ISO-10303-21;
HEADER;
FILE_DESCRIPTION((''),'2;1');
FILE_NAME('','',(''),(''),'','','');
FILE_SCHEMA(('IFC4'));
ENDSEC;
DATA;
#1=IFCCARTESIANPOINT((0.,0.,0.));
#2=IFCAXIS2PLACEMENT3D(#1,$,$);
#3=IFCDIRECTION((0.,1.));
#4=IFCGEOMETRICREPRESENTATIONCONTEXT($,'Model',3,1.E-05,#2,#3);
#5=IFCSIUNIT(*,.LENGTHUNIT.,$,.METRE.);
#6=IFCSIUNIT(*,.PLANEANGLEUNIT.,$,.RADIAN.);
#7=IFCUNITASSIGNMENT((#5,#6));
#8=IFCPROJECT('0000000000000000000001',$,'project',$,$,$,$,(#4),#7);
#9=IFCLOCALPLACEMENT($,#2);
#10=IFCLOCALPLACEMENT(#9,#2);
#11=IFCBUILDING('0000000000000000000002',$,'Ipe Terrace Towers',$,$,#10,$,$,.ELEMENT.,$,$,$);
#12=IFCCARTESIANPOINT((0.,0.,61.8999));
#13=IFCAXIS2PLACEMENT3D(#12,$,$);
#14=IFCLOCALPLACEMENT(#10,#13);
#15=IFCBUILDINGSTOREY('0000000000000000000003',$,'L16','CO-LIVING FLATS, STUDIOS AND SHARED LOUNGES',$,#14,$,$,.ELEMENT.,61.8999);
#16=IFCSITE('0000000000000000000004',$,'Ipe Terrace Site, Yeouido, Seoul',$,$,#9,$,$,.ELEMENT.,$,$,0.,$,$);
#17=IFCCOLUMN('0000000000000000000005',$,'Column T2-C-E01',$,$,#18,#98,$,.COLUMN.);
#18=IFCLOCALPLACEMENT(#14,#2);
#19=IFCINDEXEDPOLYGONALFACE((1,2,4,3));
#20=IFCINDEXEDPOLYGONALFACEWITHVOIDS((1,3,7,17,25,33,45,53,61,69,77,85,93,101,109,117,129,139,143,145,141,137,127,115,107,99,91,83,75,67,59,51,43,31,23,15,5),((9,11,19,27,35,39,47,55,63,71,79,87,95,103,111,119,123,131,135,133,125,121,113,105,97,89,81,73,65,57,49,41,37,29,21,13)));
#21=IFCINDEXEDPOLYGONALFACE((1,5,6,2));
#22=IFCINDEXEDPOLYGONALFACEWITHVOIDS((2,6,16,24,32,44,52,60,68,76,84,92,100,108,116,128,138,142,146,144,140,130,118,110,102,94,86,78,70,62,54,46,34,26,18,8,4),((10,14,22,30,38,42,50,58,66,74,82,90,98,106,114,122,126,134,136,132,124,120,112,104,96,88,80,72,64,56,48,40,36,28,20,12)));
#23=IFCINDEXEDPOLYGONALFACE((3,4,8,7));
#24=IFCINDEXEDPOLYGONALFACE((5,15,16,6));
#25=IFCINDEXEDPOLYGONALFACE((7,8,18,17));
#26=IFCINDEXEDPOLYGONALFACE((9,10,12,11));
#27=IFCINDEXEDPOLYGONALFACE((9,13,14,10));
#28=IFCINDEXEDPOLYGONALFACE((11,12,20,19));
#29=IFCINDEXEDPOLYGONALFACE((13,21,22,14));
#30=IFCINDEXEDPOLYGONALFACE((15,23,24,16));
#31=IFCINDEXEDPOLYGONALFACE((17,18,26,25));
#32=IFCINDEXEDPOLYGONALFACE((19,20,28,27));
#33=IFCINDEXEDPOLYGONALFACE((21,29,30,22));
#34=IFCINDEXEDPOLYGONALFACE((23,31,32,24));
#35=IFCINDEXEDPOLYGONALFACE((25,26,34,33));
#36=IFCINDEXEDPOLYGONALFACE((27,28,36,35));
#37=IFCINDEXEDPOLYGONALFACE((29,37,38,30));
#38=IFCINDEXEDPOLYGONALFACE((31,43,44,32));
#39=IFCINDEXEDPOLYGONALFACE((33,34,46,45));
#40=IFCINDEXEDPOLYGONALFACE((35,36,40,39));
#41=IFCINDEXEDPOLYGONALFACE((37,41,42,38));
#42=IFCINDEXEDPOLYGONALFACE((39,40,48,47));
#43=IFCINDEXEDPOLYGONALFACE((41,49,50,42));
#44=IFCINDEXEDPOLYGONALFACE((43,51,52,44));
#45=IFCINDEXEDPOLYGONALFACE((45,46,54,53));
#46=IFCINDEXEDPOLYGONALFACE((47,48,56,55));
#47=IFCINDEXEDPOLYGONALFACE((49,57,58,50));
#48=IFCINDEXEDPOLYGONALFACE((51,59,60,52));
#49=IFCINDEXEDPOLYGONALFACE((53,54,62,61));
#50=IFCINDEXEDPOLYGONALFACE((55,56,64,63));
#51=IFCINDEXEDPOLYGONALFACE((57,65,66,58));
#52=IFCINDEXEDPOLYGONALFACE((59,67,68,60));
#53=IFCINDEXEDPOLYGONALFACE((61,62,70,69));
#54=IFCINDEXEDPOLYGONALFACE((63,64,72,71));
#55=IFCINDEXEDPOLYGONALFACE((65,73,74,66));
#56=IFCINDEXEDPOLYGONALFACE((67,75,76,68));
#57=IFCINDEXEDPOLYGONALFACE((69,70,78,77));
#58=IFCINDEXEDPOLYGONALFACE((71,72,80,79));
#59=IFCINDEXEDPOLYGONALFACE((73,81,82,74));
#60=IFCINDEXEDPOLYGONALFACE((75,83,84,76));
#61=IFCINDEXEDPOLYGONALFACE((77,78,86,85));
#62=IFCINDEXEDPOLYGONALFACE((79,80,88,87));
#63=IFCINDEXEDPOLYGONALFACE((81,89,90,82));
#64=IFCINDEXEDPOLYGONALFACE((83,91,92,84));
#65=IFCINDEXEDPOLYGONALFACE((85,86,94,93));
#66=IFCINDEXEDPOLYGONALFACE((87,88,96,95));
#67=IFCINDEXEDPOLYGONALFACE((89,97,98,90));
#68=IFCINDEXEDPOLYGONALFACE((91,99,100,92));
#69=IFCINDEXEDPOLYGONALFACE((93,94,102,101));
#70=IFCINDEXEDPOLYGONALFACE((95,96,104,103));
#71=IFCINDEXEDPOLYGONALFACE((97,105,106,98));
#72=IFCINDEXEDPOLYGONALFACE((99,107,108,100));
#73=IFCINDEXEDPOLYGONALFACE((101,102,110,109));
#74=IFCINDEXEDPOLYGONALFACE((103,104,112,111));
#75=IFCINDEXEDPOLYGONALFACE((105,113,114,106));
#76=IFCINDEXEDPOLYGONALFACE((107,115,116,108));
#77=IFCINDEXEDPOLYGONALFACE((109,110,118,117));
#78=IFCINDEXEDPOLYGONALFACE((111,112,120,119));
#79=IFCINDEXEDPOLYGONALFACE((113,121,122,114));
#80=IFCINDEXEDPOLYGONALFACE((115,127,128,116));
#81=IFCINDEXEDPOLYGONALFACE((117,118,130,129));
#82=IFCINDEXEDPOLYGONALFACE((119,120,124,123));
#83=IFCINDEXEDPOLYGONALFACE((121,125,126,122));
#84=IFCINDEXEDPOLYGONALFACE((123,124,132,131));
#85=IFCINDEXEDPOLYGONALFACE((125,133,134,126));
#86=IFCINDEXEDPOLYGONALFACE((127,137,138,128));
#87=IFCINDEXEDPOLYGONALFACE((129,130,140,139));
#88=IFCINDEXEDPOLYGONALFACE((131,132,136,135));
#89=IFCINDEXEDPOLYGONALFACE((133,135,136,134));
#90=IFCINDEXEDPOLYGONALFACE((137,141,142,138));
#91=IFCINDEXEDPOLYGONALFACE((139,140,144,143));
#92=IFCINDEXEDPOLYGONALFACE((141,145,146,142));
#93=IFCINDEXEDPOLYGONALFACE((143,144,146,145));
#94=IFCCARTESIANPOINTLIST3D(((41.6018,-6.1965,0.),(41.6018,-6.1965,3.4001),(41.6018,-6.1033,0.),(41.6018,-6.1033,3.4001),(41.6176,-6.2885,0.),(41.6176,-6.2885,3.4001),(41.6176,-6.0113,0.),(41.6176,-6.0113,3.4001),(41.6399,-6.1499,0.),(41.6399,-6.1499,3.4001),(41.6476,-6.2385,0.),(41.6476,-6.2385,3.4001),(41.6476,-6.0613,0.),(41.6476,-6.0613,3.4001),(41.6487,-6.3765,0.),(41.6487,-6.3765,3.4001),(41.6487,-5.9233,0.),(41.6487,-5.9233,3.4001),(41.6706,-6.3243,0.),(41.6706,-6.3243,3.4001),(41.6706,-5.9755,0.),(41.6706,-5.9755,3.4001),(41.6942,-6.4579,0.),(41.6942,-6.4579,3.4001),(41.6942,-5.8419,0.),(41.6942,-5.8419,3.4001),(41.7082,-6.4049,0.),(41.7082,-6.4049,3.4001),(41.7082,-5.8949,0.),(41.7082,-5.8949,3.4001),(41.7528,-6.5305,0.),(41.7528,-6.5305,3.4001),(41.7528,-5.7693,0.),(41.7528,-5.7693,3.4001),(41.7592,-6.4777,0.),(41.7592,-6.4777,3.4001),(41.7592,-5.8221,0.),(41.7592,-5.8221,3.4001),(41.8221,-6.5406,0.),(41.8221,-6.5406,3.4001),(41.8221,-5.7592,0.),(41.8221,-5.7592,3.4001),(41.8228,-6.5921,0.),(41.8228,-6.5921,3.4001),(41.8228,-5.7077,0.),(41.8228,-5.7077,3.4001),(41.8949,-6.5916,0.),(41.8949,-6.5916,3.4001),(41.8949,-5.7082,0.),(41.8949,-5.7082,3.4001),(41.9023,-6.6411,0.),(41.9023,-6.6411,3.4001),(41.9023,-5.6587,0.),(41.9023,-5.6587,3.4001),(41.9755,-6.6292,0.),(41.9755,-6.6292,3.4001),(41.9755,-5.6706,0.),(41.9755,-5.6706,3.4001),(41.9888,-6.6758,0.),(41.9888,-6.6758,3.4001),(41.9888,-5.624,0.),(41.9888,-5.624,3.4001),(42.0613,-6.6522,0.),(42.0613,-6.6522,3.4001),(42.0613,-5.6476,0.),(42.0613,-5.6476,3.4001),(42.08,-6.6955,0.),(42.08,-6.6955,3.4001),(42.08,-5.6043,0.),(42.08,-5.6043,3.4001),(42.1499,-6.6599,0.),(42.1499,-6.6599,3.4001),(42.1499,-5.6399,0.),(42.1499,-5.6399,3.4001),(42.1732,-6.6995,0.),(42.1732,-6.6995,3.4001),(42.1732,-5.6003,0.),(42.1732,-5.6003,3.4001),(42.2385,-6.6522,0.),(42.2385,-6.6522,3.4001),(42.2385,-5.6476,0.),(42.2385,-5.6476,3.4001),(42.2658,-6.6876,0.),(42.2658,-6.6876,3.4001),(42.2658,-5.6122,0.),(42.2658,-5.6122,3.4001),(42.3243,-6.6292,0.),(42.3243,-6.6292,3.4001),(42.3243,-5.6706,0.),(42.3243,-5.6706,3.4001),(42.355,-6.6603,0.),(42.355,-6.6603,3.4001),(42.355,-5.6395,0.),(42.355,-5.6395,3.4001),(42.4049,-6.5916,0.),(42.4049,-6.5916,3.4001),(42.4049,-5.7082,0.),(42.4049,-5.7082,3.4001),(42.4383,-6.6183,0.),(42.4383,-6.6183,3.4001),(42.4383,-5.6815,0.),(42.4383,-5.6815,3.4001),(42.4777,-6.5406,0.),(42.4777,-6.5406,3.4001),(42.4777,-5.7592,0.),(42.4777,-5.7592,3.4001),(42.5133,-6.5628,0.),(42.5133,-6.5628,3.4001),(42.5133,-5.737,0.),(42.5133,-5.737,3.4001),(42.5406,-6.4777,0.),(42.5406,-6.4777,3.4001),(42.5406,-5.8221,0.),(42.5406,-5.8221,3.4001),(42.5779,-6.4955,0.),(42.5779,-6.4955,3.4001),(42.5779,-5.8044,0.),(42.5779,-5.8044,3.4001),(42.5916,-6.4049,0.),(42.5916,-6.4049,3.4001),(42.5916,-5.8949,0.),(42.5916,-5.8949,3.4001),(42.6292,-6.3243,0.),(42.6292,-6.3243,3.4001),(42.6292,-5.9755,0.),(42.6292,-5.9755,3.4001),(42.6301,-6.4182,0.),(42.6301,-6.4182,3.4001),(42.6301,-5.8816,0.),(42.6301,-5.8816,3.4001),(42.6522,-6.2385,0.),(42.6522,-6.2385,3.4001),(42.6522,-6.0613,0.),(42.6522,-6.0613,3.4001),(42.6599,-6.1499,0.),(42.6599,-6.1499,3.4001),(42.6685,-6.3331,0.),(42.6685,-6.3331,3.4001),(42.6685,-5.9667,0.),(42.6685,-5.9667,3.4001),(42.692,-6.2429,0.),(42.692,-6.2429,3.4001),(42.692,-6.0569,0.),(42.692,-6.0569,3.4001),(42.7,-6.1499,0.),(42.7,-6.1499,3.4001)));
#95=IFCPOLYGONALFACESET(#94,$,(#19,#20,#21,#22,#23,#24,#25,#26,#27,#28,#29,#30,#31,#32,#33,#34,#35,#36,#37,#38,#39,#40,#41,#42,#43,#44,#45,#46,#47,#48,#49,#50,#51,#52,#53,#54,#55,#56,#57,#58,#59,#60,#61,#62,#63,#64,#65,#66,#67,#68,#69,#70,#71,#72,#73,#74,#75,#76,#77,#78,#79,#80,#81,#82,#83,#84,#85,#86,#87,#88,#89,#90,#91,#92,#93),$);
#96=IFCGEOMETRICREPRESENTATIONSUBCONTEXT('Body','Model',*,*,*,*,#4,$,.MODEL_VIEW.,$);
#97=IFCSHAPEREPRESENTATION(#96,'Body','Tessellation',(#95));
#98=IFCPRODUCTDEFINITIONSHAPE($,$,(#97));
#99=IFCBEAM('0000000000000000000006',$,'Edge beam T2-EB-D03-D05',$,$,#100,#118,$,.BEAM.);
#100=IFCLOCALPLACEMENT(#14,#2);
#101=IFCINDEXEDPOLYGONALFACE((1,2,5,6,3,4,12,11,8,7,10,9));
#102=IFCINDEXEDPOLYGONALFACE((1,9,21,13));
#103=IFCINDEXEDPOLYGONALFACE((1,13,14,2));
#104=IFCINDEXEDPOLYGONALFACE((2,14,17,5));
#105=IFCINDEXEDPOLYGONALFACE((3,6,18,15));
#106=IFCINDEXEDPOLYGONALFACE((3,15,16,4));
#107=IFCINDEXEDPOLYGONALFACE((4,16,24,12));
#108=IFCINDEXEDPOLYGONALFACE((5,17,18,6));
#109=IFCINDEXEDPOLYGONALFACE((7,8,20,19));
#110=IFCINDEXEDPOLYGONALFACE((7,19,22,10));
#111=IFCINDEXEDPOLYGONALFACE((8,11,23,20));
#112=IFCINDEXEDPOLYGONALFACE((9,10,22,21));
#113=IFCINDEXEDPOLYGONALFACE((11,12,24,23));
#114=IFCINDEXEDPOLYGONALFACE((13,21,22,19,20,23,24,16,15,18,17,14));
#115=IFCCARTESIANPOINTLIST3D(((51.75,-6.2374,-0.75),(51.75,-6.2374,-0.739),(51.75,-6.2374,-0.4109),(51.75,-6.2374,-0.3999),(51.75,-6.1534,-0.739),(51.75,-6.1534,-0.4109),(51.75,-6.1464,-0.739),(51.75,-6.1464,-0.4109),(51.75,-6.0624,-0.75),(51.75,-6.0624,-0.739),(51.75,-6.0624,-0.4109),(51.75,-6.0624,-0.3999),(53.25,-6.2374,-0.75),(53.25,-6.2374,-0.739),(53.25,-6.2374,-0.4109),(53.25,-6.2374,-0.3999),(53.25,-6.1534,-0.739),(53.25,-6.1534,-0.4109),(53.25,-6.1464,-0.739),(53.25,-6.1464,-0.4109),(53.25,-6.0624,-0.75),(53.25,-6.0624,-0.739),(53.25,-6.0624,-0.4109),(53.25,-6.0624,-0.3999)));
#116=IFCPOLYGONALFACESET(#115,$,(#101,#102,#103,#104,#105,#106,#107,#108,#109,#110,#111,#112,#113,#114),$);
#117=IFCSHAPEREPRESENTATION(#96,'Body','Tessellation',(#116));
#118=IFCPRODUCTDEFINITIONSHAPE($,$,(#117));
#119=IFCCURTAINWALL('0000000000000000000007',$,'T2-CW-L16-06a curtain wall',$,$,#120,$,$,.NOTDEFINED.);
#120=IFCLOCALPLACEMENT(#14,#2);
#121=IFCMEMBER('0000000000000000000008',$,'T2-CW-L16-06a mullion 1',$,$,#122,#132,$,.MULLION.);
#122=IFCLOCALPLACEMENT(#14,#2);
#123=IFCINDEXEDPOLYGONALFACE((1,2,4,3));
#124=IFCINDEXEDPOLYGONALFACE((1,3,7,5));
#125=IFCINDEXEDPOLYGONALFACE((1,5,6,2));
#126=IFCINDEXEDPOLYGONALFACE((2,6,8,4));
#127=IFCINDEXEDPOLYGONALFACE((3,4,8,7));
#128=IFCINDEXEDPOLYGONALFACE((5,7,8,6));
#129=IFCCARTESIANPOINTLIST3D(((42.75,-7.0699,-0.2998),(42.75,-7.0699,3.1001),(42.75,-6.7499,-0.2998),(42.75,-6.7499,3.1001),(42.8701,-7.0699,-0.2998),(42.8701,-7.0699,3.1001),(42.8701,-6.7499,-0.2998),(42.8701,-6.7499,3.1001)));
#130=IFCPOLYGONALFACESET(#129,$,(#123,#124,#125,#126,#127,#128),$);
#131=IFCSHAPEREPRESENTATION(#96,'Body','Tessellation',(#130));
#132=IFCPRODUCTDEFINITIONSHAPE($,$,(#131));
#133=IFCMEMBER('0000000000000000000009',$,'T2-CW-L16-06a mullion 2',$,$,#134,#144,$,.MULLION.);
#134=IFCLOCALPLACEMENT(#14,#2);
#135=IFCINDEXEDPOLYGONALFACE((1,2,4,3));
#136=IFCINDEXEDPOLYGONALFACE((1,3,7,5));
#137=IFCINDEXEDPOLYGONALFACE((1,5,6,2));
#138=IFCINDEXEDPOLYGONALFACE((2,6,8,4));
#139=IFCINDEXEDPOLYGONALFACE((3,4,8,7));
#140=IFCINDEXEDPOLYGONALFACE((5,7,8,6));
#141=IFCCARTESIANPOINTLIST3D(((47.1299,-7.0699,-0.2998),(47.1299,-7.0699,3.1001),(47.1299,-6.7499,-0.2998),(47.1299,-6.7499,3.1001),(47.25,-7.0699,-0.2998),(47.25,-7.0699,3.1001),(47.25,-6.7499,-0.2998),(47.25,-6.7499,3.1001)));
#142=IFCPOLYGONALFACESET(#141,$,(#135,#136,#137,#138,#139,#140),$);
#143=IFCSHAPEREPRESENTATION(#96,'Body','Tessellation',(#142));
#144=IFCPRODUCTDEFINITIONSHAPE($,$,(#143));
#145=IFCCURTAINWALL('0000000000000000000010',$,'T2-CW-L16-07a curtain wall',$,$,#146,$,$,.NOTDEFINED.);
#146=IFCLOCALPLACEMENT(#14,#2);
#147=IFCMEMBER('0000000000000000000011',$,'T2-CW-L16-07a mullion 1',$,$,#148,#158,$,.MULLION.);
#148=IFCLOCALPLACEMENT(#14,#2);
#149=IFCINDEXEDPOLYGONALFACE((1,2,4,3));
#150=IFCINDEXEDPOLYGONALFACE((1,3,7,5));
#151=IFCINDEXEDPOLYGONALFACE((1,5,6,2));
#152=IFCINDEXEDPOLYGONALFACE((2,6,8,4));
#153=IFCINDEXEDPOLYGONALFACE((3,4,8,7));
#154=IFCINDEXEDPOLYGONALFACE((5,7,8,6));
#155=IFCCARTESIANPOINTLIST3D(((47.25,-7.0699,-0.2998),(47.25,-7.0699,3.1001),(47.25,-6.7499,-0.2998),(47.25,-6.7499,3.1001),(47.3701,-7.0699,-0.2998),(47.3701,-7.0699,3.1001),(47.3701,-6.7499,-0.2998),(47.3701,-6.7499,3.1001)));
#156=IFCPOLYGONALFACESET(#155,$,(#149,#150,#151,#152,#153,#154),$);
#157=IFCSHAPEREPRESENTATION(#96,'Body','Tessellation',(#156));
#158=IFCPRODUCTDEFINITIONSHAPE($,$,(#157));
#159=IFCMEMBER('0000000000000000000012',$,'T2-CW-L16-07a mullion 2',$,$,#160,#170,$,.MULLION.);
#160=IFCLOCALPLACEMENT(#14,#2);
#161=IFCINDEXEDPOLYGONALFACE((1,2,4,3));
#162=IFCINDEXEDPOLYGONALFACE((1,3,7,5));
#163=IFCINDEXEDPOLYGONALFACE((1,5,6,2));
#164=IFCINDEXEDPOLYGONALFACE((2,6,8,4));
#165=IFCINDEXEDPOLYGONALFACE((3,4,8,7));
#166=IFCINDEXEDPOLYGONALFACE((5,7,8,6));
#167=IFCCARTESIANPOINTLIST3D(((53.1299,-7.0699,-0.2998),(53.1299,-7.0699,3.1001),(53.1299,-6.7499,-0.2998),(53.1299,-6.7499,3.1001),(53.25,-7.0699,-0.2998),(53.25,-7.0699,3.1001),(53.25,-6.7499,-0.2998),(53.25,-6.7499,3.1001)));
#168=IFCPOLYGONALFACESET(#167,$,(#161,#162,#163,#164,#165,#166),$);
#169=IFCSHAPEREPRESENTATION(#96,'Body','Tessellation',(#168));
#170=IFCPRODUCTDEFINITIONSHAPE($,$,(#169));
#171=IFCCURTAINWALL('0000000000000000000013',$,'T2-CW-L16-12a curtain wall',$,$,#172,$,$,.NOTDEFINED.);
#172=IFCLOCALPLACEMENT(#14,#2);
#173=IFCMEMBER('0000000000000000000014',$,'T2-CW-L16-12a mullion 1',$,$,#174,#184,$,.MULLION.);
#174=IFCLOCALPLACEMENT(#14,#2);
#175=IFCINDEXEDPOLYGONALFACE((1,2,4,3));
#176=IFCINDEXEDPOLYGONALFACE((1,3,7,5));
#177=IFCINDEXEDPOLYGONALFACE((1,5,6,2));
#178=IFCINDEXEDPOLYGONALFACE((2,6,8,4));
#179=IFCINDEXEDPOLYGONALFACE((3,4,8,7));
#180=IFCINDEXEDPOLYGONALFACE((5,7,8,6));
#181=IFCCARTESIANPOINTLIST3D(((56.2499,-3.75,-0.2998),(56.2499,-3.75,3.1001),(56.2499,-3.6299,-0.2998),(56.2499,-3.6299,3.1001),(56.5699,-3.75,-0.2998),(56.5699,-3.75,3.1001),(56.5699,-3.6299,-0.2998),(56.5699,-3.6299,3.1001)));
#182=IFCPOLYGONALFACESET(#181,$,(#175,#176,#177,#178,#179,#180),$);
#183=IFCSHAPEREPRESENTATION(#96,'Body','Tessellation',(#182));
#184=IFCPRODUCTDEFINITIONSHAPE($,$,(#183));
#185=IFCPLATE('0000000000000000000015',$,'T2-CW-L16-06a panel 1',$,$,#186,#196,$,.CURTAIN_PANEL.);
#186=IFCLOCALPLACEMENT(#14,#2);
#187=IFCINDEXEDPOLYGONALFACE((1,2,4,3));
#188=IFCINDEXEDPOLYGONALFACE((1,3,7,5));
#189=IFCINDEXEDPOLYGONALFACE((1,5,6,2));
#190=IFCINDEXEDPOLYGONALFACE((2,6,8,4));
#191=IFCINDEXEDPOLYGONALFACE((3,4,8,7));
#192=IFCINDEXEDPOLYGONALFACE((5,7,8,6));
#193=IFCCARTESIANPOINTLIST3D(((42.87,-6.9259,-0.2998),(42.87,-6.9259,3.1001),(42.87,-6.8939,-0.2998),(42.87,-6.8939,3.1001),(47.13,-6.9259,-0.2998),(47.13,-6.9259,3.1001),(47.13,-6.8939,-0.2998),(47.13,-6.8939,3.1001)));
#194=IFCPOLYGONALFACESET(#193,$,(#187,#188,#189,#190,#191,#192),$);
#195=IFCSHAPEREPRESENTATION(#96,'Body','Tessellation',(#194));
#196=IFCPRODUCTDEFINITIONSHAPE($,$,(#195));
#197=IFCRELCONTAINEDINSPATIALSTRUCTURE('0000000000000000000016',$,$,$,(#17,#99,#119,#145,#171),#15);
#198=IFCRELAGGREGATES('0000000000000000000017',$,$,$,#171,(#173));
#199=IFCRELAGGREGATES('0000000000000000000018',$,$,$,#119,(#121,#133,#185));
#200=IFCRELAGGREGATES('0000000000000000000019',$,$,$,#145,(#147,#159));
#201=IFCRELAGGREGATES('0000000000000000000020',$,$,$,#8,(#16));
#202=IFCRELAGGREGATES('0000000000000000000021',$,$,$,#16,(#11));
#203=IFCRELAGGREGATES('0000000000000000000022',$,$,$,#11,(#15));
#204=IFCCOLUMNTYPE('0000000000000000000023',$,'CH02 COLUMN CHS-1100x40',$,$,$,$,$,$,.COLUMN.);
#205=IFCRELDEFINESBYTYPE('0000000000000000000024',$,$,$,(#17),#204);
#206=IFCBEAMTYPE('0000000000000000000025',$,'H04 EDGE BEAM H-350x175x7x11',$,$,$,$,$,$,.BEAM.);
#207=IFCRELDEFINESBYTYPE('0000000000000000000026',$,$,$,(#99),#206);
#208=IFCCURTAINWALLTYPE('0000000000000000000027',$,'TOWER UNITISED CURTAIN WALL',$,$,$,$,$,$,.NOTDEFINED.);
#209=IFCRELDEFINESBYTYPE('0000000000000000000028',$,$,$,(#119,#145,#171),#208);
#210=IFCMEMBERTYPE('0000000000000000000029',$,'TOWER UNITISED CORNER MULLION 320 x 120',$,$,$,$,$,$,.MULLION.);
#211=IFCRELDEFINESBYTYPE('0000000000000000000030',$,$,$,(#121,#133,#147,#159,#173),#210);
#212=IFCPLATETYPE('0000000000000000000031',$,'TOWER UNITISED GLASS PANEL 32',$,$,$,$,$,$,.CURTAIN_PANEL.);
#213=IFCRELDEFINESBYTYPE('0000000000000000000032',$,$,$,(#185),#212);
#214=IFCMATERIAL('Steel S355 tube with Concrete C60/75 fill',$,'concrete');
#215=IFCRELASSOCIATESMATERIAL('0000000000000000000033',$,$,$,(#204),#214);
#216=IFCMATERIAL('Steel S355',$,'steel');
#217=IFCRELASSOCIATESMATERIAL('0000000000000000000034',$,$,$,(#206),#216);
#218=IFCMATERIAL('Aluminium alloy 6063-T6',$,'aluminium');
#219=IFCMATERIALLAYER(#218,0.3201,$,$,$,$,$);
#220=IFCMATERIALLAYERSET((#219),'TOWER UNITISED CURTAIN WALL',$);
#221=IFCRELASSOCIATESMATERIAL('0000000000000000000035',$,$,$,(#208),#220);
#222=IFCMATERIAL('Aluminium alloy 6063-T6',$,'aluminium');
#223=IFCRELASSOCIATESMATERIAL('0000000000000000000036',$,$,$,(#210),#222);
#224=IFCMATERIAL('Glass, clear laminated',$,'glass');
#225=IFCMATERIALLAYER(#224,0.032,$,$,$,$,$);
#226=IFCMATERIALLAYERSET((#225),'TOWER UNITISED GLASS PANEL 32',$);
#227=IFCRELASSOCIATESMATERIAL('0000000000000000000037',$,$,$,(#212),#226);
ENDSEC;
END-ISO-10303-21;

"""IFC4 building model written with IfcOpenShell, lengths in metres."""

from ifc_helpers import new_model, si_unit, direction, frame, origin, origin_2d, place, context, subcontext, project, spatial, rectangle, hollow_circle, i_section, extrude, material, layer, layer_set, material_profile, profile_set, type_object, element, aggregate, save


model = new_model("IFC4")

# Units and contexts
model_context = context("Model", 3, precision=1e-05, world=origin(), true_north=direction((0.0, 1.0)))
body_context = subcontext(model_context, "Body", "Model", "MODEL_VIEW")
ifc_project = project(units=[si_unit("LENGTHUNIT", "METRE"), si_unit("PLANEANGLEUNIT", "RADIAN")], contexts=[model_context])

# Site, building, storey
site_placement = place(None, origin())
site = spatial("IfcSite", under=ifc_project, at=site_placement, Name="Ipe Terrace Site, Yeouido, Seoul", CompositionType="ELEMENT", RefElevation=0.0)
building_placement = place(site_placement, origin())
building = spatial("IfcBuilding", under=site, at=building_placement, Name="Ipe Terrace Towers", CompositionType="ELEMENT")
storey_placement = place(building_placement, frame((0.0, 0.0, 61.8999)))
storey = spatial("IfcBuildingStorey", under=building, at=storey_placement, Name="L16", Description="CO-LIVING FLATS, STUDIOS AND SHARED LOUNGES", CompositionType="ELEMENT", Elevation=61.8999)

# Column
ifc_material_1 = material(Name="Steel S355 tube with Concrete C60/75 fill", Category="concrete")
ifc_material_profile_1 = material_profile(ifc_material_1, hollow_circle(Radius=0.55, WallThickness=0.04, at=origin_2d()), Name="CHS-1100x40")
ifc_profile_set_1 = profile_set([ifc_material_profile_1], Name="Steel S355 tube with Concrete C60/75 fill")
column_type_1 = type_object("IfcColumnType", Name="CH02 COLUMN CHS-1100x40", PredefinedType="COLUMN", material=ifc_profile_set_1)
column_placement = place(storey_placement, frame((42.1499, -6.1499, 0.0), z_axis=(0.0, 0.0, 1.0), x_axis=(1.0, 0.0, 0.0)))
element("IfcColumn", 1, at=column_placement, inside=storey, type_object=column_type_1, Name="Column T2-C-E01", PredefinedType="COLUMN", context=body_context, shape_type="SweptSolid", body=[
    extrude(hollow_circle(Radius=0.55, WallThickness=0.04, at=origin_2d()), origin(), (0.0, 0.0, 1.0), 3.4001),
])

# Beam
ifc_material_2 = material(Name="Steel S355", Category="steel")
ifc_material_profile_2 = material_profile(ifc_material_2, i_section(OverallWidth=0.175, OverallDepth=0.3501, WebThickness=0.0071, FlangeThickness=0.011, at=origin_2d()), Name="H-350x175x7x11")
ifc_profile_set_2 = profile_set([ifc_material_profile_2], Name="Steel S355")
beam_type = type_object("IfcBeamType", Name="H04 EDGE BEAM H-350x175x7x11", PredefinedType="BEAM", material=ifc_profile_set_2)
beam_placement = place(storey_placement, frame((51.75, -6.1499, -0.575), z_axis=(1.0, 0.0, 0.0), x_axis=(0.0, 1.0, 0.0)))
element("IfcBeam", 2, at=beam_placement, inside=storey, type_object=beam_type, Name="Edge beam T2-EB-D03-D05", PredefinedType="BEAM", context=body_context, shape_type="SweptSolid", body=[
    extrude(i_section(OverallWidth=0.175, OverallDepth=0.3501, WebThickness=0.0071, FlangeThickness=0.011, at=origin_2d()), origin(), (0.0, 0.0, 1.0), 1.5),
])

# Curtain walls, members
ifc_material_3 = material(Name="Aluminium alloy 6063-T6", Category="aluminium")
ifc_layer_1 = layer(ifc_material_3, 0.3201)
ifc_layer_set_1 = layer_set([ifc_layer_1], Name="TOWER UNITISED CURTAIN WALL")
curtain_wall_type = type_object("IfcCurtainWallType", Name="TOWER UNITISED CURTAIN WALL", PredefinedType="NOTDEFINED", material=ifc_layer_set_1)
curtain_wall_1_placement = place(storey_placement, origin())
curtain_wall_1 = element("IfcCurtainWall", 3, at=curtain_wall_1_placement, inside=storey, type_object=curtain_wall_type, Name="T2-CW-L16-06a curtain wall", PredefinedType="NOTDEFINED")
ifc_material_4 = material(Name="Aluminium alloy 6063-T6", Category="aluminium")
ifc_material_profile_3 = material_profile(ifc_material_4, rectangle(XDim=0.3201, YDim=0.1201, at=origin_2d()), Name="TOWER UNITISED CORNER MULLION 320 x 120")
ifc_profile_set_3 = profile_set([ifc_material_profile_3], Name="Aluminium alloy 6063-T6")
member_type = type_object("IfcMemberType", Name="TOWER UNITISED CORNER MULLION 320 x 120", PredefinedType="MULLION", material=ifc_profile_set_3)
member_1_placement = place(storey_placement, frame((42.8101, -6.9099, -0.2998), z_axis=(0.0, 0.0, 1.0), x_axis=(0.0, -1.0, 0.0)))
member_1 = element("IfcMember", 4, at=member_1_placement, type_object=member_type, Name="T2-CW-L16-06a mullion 1", PredefinedType="MULLION", context=body_context, shape_type="SweptSolid", body=[
    extrude(rectangle(XDim=0.3201, YDim=0.1201, at=origin_2d()), origin(), (0.0, 0.0, 1.0), 3.3999),
])
member_2_placement = place(storey_placement, frame((47.1899, -6.9099, -0.2998), z_axis=(0.0, 0.0, 1.0), x_axis=(0.0, -1.0, 0.0)))
member_2 = element("IfcMember", 5, at=member_2_placement, type_object=member_type, Name="T2-CW-L16-06a mullion 2", PredefinedType="MULLION", context=body_context, shape_type="SweptSolid", body=[
    extrude(rectangle(XDim=0.3201, YDim=0.1201, at=origin_2d()), origin(), (0.0, 0.0, 1.0), 3.3999),
])
curtain_wall_2_placement = place(storey_placement, origin())
curtain_wall_2 = element("IfcCurtainWall", 6, at=curtain_wall_2_placement, inside=storey, type_object=curtain_wall_type, Name="T2-CW-L16-07a curtain wall", PredefinedType="NOTDEFINED")
member_3_placement = place(storey_placement, frame((47.3101, -6.9099, -0.2998), z_axis=(0.0, 0.0, 1.0), x_axis=(0.0, -1.0, 0.0)))
member_3 = element("IfcMember", 7, at=member_3_placement, type_object=member_type, Name="T2-CW-L16-07a mullion 1", PredefinedType="MULLION", context=body_context, shape_type="SweptSolid", body=[
    extrude(rectangle(XDim=0.3201, YDim=0.1201, at=origin_2d()), origin(), (0.0, 0.0, 1.0), 3.3999),
])
member_4_placement = place(storey_placement, frame((53.1899, -6.9099, -0.2998), z_axis=(0.0, 0.0, 1.0), x_axis=(0.0, -1.0, 0.0)))
member_4 = element("IfcMember", 8, at=member_4_placement, type_object=member_type, Name="T2-CW-L16-07a mullion 2", PredefinedType="MULLION", context=body_context, shape_type="SweptSolid", body=[
    extrude(rectangle(XDim=0.3201, YDim=0.1201, at=origin_2d()), origin(), (0.0, 0.0, 1.0), 3.3999),
])

# Curtain wall, member
curtain_wall_3_placement = place(storey_placement, origin())
curtain_wall_3 = element("IfcCurtainWall", 9, at=curtain_wall_3_placement, inside=storey, type_object=curtain_wall_type, Name="T2-CW-L16-12a curtain wall", PredefinedType="NOTDEFINED")
member_5_placement = place(storey_placement, frame((56.4099, -3.6899, -0.2998), z_axis=(0.0, 0.0, 1.0), x_axis=(1.0, 0.0, 0.0)))
member_5 = element("IfcMember", 10, at=member_5_placement, type_object=member_type, Name="T2-CW-L16-12a mullion 1", PredefinedType="MULLION", context=body_context, shape_type="SweptSolid", body=[
    extrude(rectangle(XDim=0.3201, YDim=0.1201, at=origin_2d()), origin(), (0.0, 0.0, 1.0), 3.3999),
])
aggregate(curtain_wall_3, [member_5])

# Plate
ifc_material_5 = material(Name="Glass, clear laminated", Category="glass")
ifc_layer_2 = layer(ifc_material_5, 0.032)
ifc_layer_set_2 = layer_set([ifc_layer_2], Name="TOWER UNITISED GLASS PANEL 32")
plate_type = type_object("IfcPlateType", Name="TOWER UNITISED GLASS PANEL 32", PredefinedType="CURTAIN_PANEL", material=ifc_layer_set_2)
plate_1_placement = place(storey_placement, frame((45.0, -6.9099, -0.2998), z_axis=(0.0, 0.0, 1.0), x_axis=(1.0, 0.0, 0.0)))
plate_1 = element("IfcPlate", 11, at=plate_1_placement, type_object=plate_type, Name="T2-CW-L16-06a panel 1", PredefinedType="CURTAIN_PANEL", context=body_context, shape_type="SweptSolid", body=[
    extrude(rectangle(XDim=4.26, YDim=0.032, at=origin_2d()), origin(), (0.0, 0.0, 1.0), 3.3999),
])
aggregate(curtain_wall_1, [member_1, member_2, plate_1])
aggregate(curtain_wall_2, [member_3, member_4])

save(model, "model.ifc")
